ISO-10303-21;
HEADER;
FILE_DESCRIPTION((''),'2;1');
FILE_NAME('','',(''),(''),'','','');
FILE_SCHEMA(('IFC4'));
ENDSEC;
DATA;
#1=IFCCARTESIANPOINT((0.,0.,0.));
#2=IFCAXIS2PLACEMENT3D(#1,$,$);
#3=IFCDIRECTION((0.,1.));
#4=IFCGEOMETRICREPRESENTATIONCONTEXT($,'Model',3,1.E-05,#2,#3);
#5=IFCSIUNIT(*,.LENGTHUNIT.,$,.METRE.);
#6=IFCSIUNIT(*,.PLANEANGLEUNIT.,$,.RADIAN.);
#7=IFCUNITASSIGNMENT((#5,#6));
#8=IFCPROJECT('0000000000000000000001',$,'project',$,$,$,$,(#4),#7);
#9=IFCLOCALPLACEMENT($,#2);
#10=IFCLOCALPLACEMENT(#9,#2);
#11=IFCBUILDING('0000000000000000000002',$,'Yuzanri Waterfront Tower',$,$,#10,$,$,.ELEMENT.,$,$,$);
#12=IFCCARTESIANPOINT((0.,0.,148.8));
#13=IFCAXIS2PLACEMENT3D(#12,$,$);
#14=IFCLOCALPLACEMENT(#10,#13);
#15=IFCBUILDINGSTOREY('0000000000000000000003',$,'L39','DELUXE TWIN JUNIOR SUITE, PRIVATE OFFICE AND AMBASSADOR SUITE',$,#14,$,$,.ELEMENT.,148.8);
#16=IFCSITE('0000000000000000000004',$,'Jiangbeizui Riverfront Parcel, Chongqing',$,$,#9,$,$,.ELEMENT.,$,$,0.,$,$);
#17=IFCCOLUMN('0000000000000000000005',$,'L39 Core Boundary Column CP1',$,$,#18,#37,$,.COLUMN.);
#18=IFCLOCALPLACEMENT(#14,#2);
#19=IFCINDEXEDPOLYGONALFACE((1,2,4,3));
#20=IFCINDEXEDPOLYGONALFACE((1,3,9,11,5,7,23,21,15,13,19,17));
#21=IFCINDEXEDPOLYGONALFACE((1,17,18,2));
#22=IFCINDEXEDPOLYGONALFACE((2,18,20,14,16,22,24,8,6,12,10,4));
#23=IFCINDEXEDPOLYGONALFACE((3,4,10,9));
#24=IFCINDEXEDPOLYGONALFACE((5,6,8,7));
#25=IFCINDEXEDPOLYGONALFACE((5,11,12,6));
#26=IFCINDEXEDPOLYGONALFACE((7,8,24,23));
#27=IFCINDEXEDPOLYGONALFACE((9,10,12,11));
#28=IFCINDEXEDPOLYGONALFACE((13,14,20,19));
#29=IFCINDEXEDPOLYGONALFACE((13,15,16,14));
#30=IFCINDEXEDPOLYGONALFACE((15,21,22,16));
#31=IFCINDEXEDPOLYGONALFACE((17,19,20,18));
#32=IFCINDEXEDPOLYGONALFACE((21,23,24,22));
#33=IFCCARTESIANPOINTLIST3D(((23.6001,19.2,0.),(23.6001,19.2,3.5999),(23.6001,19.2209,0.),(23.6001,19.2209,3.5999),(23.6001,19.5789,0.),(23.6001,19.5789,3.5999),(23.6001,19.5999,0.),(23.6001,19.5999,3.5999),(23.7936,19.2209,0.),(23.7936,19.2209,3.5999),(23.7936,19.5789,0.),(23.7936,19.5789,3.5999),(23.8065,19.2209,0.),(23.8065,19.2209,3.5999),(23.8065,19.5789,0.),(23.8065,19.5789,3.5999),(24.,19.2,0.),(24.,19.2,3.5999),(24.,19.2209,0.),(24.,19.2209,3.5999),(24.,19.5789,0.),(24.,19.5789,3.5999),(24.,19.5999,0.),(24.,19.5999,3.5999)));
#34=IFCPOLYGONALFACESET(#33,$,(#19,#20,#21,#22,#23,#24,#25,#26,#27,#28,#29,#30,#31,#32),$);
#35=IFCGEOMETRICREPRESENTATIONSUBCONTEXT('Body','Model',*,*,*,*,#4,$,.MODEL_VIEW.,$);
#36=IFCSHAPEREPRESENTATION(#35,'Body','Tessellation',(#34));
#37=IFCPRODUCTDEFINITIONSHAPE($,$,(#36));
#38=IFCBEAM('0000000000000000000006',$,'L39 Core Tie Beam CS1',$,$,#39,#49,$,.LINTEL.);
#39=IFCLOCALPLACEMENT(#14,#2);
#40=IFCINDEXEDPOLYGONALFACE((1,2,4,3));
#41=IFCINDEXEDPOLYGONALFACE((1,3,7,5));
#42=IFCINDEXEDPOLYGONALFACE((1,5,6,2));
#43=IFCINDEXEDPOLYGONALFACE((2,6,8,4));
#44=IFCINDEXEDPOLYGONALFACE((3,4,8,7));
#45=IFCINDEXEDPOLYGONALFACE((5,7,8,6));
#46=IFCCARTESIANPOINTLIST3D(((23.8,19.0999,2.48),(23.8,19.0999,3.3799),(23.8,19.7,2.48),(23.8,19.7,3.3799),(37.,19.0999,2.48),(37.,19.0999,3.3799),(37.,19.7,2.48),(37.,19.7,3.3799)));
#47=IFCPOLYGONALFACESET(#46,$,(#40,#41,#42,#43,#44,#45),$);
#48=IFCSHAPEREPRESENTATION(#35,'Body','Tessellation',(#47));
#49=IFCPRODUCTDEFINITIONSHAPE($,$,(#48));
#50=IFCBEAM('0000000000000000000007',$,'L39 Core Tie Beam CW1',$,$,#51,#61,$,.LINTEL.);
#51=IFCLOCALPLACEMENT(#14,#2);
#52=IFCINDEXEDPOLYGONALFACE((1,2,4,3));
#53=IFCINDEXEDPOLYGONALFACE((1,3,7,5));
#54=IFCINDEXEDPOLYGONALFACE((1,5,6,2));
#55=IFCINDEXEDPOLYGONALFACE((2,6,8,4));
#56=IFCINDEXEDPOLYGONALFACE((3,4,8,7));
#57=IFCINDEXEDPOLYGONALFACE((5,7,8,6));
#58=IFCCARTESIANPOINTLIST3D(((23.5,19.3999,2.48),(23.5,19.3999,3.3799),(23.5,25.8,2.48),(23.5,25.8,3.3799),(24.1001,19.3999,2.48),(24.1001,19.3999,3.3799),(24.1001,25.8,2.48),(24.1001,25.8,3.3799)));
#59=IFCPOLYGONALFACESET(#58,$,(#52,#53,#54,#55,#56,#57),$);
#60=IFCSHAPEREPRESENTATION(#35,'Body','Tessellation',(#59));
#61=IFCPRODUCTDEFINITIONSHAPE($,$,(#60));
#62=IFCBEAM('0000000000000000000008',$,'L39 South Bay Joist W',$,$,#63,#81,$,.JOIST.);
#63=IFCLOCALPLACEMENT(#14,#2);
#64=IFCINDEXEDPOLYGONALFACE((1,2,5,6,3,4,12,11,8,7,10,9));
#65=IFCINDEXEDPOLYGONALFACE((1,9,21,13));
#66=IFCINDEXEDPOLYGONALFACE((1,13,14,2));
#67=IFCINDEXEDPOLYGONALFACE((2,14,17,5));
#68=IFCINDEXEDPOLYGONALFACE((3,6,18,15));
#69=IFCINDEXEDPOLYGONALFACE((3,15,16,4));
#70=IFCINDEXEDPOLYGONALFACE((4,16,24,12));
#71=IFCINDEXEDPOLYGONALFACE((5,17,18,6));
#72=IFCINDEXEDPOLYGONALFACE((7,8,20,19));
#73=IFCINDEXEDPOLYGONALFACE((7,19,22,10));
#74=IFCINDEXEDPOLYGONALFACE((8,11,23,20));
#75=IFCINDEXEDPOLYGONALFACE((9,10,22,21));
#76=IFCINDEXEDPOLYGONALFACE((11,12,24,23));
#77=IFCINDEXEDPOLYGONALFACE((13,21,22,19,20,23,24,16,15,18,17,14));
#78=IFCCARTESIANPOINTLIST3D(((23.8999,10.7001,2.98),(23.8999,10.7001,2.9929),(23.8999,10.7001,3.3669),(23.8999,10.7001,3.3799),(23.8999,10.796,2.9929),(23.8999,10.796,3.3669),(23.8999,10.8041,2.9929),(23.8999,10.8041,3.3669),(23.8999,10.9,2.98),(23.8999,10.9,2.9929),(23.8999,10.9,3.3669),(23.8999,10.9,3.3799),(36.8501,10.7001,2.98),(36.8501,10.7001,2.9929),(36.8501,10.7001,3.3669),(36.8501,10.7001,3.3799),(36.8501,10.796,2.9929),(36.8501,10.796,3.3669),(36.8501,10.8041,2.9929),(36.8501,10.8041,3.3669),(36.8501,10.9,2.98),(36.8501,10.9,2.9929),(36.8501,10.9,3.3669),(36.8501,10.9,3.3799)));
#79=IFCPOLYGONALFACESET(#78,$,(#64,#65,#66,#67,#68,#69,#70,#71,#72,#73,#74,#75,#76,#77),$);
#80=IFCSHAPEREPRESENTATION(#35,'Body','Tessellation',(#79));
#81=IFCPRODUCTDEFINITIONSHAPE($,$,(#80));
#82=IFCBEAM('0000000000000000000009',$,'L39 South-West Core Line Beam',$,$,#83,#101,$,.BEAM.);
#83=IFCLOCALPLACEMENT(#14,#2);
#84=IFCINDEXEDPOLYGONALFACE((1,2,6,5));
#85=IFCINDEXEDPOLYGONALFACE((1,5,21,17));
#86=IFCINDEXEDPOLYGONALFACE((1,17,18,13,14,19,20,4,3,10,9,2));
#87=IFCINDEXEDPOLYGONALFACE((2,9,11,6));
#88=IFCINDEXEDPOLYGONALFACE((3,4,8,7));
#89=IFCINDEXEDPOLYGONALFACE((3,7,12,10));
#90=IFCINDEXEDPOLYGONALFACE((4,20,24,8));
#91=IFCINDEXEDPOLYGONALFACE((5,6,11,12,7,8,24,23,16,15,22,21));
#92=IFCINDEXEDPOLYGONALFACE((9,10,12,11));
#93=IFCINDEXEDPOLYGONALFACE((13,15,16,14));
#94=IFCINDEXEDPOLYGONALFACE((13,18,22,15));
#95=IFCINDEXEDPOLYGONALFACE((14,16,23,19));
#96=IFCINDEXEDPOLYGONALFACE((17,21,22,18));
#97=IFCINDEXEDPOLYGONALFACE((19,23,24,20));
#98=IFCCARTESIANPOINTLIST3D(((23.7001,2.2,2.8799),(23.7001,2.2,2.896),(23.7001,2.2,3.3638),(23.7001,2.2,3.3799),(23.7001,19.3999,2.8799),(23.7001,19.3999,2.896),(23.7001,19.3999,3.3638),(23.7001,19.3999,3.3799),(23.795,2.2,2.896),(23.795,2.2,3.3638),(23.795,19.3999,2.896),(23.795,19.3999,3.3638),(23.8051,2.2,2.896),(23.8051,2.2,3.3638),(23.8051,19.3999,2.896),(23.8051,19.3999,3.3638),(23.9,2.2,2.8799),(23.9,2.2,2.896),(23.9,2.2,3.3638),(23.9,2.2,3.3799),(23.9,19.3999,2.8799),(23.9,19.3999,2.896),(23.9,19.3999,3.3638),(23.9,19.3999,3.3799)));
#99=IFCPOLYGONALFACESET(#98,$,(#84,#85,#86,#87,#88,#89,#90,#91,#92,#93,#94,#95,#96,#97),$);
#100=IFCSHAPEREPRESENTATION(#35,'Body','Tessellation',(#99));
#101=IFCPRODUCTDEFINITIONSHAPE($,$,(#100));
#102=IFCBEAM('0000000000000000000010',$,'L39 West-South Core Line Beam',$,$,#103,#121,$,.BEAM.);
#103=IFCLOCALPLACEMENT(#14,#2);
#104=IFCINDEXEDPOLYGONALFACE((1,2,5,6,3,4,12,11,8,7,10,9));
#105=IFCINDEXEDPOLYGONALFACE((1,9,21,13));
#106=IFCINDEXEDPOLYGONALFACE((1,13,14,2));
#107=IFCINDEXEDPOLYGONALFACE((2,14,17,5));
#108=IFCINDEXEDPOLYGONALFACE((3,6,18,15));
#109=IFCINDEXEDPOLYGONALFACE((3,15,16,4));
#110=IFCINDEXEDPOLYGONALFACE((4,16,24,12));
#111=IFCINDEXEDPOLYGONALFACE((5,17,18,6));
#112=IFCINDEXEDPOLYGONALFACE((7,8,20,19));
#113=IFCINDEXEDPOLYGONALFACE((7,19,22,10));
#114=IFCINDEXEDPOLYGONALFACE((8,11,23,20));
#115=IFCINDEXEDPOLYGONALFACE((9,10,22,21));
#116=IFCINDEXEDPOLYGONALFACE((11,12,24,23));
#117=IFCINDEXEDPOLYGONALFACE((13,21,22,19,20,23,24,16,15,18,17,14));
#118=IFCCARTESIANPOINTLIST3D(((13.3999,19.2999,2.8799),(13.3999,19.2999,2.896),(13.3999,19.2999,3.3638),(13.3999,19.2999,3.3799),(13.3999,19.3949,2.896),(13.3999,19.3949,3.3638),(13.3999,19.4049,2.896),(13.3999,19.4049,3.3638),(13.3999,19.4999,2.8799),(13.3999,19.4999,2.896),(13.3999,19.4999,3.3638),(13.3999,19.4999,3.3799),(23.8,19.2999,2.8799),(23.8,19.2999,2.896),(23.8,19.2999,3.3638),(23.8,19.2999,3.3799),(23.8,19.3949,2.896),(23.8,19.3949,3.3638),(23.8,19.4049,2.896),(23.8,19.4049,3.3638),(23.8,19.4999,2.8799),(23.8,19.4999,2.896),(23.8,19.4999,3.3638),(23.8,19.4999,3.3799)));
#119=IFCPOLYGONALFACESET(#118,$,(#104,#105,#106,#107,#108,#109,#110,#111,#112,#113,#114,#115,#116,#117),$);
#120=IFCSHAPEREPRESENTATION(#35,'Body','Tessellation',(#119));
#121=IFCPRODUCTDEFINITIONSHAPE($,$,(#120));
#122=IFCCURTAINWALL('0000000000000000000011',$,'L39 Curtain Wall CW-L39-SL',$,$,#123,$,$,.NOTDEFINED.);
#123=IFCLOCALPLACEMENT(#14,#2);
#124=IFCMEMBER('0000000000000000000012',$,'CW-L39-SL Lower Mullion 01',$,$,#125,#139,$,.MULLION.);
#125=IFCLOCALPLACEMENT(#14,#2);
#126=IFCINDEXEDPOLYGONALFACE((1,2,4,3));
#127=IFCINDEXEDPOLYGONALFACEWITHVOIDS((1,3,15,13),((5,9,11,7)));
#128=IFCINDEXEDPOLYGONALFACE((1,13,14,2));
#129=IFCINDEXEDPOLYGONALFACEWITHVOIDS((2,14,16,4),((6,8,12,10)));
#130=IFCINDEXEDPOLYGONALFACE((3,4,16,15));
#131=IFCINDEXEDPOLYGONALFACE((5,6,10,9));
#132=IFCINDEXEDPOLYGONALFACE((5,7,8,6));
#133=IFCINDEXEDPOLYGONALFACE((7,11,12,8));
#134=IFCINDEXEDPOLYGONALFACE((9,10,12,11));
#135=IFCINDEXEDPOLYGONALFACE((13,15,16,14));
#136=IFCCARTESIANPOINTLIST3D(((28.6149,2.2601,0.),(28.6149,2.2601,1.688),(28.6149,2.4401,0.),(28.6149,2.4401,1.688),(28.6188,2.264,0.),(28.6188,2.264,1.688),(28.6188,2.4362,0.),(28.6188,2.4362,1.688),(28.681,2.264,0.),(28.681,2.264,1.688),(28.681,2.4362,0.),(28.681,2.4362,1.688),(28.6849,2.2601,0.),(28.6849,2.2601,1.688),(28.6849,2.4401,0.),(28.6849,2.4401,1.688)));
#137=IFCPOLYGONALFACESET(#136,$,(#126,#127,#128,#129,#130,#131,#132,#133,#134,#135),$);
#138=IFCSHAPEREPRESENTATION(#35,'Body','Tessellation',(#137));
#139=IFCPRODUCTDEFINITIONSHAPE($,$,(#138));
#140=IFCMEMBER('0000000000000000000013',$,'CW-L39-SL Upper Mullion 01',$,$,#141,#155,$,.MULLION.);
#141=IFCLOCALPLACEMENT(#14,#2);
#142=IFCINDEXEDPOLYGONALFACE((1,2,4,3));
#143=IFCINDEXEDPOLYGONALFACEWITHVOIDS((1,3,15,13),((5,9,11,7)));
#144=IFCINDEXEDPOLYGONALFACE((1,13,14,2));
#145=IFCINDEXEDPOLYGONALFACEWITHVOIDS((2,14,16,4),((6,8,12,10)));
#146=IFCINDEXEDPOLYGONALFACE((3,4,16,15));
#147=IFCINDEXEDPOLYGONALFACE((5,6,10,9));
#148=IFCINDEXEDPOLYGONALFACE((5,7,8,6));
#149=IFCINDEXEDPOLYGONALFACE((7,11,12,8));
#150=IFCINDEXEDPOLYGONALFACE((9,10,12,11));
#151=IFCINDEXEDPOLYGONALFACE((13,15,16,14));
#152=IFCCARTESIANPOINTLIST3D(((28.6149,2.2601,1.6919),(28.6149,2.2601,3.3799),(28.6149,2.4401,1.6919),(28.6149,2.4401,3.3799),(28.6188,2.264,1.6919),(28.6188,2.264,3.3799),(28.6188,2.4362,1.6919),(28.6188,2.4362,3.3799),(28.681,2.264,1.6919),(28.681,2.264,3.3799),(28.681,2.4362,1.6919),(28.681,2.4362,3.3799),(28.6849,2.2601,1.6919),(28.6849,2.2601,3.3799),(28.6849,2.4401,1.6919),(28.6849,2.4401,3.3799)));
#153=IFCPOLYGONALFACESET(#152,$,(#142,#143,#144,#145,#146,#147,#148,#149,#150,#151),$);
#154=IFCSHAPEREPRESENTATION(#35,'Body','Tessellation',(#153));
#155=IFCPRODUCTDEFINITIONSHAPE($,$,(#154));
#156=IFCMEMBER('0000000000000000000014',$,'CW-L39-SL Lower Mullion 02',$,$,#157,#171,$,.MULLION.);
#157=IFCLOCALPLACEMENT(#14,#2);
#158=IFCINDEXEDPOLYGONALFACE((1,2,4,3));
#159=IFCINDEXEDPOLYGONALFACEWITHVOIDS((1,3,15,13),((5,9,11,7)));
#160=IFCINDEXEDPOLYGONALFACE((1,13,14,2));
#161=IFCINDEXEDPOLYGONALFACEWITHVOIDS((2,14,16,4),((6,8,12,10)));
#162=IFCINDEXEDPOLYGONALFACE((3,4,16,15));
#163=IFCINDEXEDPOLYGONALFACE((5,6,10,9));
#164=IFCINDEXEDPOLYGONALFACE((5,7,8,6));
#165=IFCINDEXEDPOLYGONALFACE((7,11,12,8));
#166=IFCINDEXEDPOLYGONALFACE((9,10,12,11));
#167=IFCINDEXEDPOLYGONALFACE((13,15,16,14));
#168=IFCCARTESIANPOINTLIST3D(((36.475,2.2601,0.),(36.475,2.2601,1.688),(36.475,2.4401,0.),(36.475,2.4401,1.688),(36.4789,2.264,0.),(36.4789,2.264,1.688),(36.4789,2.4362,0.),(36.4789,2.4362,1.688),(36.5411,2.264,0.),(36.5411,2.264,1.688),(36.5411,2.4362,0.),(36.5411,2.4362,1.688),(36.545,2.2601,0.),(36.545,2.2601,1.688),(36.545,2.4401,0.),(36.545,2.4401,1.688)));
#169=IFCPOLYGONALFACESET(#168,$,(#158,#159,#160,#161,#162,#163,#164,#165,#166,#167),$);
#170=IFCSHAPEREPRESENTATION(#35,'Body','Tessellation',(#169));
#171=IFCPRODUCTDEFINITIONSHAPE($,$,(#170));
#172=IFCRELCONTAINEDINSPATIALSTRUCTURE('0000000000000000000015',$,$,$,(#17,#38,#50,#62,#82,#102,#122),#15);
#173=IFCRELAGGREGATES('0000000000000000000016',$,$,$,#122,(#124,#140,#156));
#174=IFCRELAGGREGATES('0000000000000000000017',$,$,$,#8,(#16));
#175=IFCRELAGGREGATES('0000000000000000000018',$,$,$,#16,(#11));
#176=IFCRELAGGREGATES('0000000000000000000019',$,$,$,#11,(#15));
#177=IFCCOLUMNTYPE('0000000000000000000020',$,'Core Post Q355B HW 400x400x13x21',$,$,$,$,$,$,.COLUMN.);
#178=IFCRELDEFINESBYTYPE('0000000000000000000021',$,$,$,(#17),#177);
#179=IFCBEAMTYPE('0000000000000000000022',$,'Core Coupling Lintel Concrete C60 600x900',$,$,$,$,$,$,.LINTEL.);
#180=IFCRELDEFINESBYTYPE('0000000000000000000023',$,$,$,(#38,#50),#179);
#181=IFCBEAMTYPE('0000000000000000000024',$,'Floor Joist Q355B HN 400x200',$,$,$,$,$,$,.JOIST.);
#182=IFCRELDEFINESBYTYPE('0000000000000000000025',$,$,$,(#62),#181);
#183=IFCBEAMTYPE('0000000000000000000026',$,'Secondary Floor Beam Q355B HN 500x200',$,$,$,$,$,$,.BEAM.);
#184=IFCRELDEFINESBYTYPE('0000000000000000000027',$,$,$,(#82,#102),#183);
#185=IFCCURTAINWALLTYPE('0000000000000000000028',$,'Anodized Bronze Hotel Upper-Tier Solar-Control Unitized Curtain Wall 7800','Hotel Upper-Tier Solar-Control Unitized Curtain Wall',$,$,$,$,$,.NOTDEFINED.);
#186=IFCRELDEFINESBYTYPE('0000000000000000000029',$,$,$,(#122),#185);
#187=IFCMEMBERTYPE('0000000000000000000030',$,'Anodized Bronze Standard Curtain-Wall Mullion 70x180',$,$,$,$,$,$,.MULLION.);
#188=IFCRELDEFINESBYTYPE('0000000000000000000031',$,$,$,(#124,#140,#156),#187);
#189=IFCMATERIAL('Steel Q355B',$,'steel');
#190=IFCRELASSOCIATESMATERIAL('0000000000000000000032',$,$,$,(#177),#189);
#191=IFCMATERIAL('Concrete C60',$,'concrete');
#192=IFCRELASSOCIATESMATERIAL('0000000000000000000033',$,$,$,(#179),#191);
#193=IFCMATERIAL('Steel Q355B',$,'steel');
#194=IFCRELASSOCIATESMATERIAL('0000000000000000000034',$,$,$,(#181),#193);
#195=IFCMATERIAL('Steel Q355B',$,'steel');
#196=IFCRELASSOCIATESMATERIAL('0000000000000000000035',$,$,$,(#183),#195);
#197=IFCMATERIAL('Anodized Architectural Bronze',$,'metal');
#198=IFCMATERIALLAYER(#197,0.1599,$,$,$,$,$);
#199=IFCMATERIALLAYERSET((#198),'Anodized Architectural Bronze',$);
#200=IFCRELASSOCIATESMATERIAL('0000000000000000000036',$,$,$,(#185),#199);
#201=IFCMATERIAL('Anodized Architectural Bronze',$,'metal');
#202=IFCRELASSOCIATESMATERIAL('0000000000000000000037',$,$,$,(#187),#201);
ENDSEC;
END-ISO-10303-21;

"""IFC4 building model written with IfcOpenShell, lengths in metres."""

from ifc_helpers import new_model, si_unit, direction, frame, origin, origin_2d, place, context, subcontext, project, spatial, rectangle, hollow_rectangle, i_section, extrude, source, transform, mapped, material, layer, layer_set, material_profile, profile_set, type_object, element, aggregate, save


model = new_model("IFC4")

# Units and contexts
model_context = context("Model", 3, precision=1e-05, world=origin(), true_north=direction((0.0, 1.0)))
body_context = subcontext(model_context, "Body", "Model", "MODEL_VIEW")
ifc_project = project(units=[si_unit("LENGTHUNIT", "METRE"), si_unit("PLANEANGLEUNIT", "RADIAN")], contexts=[model_context])

# Site, building, storey
site_placement = place(None, origin())
site = spatial("IfcSite", under=ifc_project, at=site_placement, Name="Jiangbeizui Riverfront Parcel, Chongqing", CompositionType="ELEMENT", RefElevation=0.0)
building_placement = place(site_placement, origin())
building = spatial("IfcBuilding", under=site, at=building_placement, Name="Yuzanri Waterfront Tower", CompositionType="ELEMENT")
storey_placement = place(building_placement, frame((0.0, 0.0, 148.8)))
storey = spatial("IfcBuildingStorey", under=building, at=storey_placement, Name="L39", Description="DELUXE TWIN JUNIOR SUITE, PRIVATE OFFICE AND AMBASSADOR SUITE", CompositionType="ELEMENT", Elevation=148.8)

# Column
ifc_material_1 = material(Name="Steel Q355B", Category="steel")
ifc_material_profile_1 = material_profile(ifc_material_1, i_section(OverallWidth=0.3999, OverallDepth=0.3999, WebThickness=0.0129, FlangeThickness=0.021, at=origin_2d()), Name="HW 400x400x13x21")
ifc_profile_set_1 = profile_set([ifc_material_profile_1], Name="Steel Q355B")
column_type = type_object("IfcColumnType", Name="Core Post Q355B HW 400x400x13x21", PredefinedType="COLUMN", material=ifc_profile_set_1)
shared_shape_1 = source(origin(), body_context, "Body", "SweptSolid", [
    extrude(i_section(OverallWidth=0.3999, OverallDepth=0.3999, WebThickness=0.0129, FlangeThickness=0.021, at=origin_2d()), origin(), (0.0, 0.0, 1.0), 3.5999),
])
column_placement = place(storey_placement, frame((23.8, 19.3999, 0.0), z_axis=(0.0, 0.0, 1.0), x_axis=(1.0, 0.0, 0.0)))
element("IfcColumn", 1, at=column_placement, inside=storey, type_object=column_type, Name="L39 Core Boundary Column CP1", PredefinedType="COLUMN", context=body_context, shape_type="MappedRepresentation", body=[
    mapped(shared_shape_1, transform((0.0, 0.0, 0.0), scale=1.0)),
])

# Beams
ifc_material_2 = material(Name="Concrete C60", Category="concrete")
ifc_material_profile_2 = material_profile(ifc_material_2, rectangle(XDim=0.6001, YDim=0.8999, at=origin_2d()), Name="RC 600x900")
ifc_profile_set_2 = profile_set([ifc_material_profile_2], Name="Concrete C60")
beam_type_1 = type_object("IfcBeamType", Name="Core Coupling Lintel Concrete C60 600x900", PredefinedType="LINTEL", material=ifc_profile_set_2)
shared_shape_2 = source(origin(), body_context, "Body", "SweptSolid", [
    extrude(rectangle(XDim=0.6001, YDim=0.8999, at=origin_2d()), origin(), (0.0, 0.0, 1.0), 13.2),
])
beam_1_placement = place(storey_placement, frame((23.8, 19.3999, 2.9299), z_axis=(1.0, 0.0, 0.0), x_axis=(0.0, 1.0, 0.0)))
element("IfcBeam", 2, at=beam_1_placement, inside=storey, type_object=beam_type_1, Name="L39 Core Tie Beam CS1", PredefinedType="LINTEL", context=body_context, shape_type="MappedRepresentation", body=[
    mapped(shared_shape_2, transform((0.0, 0.0, 0.0), scale=1.0)),
])
shared_shape_3 = source(origin(), body_context, "Body", "SweptSolid", [
    extrude(rectangle(XDim=0.6001, YDim=0.8999, at=origin_2d()), origin(), (0.0, 0.0, 1.0), 6.4001),
])
beam_2_placement = place(storey_placement, frame((23.8, 19.3999, 2.9299), z_axis=(0.0, 1.0, 0.0), x_axis=(-1.0, 0.0, 0.0)))
element("IfcBeam", 3, at=beam_2_placement, inside=storey, type_object=beam_type_1, Name="L39 Core Tie Beam CW1", PredefinedType="LINTEL", context=body_context, shape_type="MappedRepresentation", body=[
    mapped(shared_shape_3, transform((0.0, 0.0, 0.0), scale=1.0)),
])
ifc_material_3 = material(Name="Steel Q355B", Category="steel")
ifc_material_profile_3 = material_profile(ifc_material_3, i_section(OverallWidth=0.2, OverallDepth=0.3999, WebThickness=0.0081, FlangeThickness=0.0129, at=origin_2d()), Name="HN 400x200x8x13")
ifc_profile_set_3 = profile_set([ifc_material_profile_3], Name="Steel Q355B")
beam_type_2 = type_object("IfcBeamType", Name="Floor Joist Q355B HN 400x200", PredefinedType="JOIST", material=ifc_profile_set_3)
shared_shape_4 = source(origin(), body_context, "Body", "SweptSolid", [
    extrude(i_section(OverallWidth=0.2, OverallDepth=0.3999, WebThickness=0.0081, FlangeThickness=0.0129, at=origin_2d()), origin(), (0.0, 0.0, 1.0), 12.9502),
])
beam_3_placement = place(storey_placement, frame((23.8999, 10.8, 3.1799), z_axis=(1.0, 0.0, 0.0), x_axis=(0.0, 1.0, 0.0)))
element("IfcBeam", 4, at=beam_3_placement, inside=storey, type_object=beam_type_2, Name="L39 South Bay Joist W", PredefinedType="JOIST", context=body_context, shape_type="MappedRepresentation", body=[
    mapped(shared_shape_4, transform((0.0, 0.0, 0.0), scale=1.0)),
])
ifc_material_4 = material(Name="Steel Q355B", Category="steel")
ifc_material_profile_4 = material_profile(ifc_material_4, i_section(OverallWidth=0.2, OverallDepth=0.5, WebThickness=0.01, FlangeThickness=0.0161, at=origin_2d()), Name="HN 500x200x10x16")
ifc_profile_set_4 = profile_set([ifc_material_profile_4], Name="Steel Q355B")
beam_type_3 = type_object("IfcBeamType", Name="Secondary Floor Beam Q355B HN 500x200", PredefinedType="BEAM", material=ifc_profile_set_4)
shared_shape_5 = source(origin(), body_context, "Body", "SweptSolid", [
    extrude(i_section(OverallWidth=0.2, OverallDepth=0.5, WebThickness=0.01, FlangeThickness=0.0161, at=origin_2d()), origin(), (0.0, 0.0, 1.0), 17.2),
])
beam_4_placement = place(storey_placement, frame((23.8, 19.3999, 3.1299), z_axis=(0.0, -1.0, 0.0), x_axis=(1.0, 0.0, 0.0)))
element("IfcBeam", 5, at=beam_4_placement, inside=storey, type_object=beam_type_3, Name="L39 South-West Core Line Beam", PredefinedType="BEAM", context=body_context, shape_type="MappedRepresentation", body=[
    mapped(shared_shape_5, transform((0.0, 0.0, 0.0), scale=1.0)),
])
shared_shape_6 = source(origin(), body_context, "Body", "SweptSolid", [
    extrude(i_section(OverallWidth=0.2, OverallDepth=0.5, WebThickness=0.01, FlangeThickness=0.0161, at=origin_2d()), origin(), (0.0, 0.0, 1.0), 10.4001),
])
beam_5_placement = place(storey_placement, frame((23.8, 19.3999, 3.1299), z_axis=(-1.0, 0.0, 0.0), x_axis=(0.0, -1.0, 0.0)))
element("IfcBeam", 6, at=beam_5_placement, inside=storey, type_object=beam_type_3, Name="L39 West-South Core Line Beam", PredefinedType="BEAM", context=body_context, shape_type="MappedRepresentation", body=[
    mapped(shared_shape_6, transform((0.0, 0.0, 0.0), scale=1.0)),
])

# Curtain wall, members
ifc_material_5 = material(Name="Anodized Architectural Bronze", Category="metal")
ifc_layer_1 = layer(ifc_material_5, 0.1599)
ifc_layer_set_1 = layer_set([ifc_layer_1], Name="Anodized Architectural Bronze")
curtain_wall_type = type_object("IfcCurtainWallType", Name="Anodized Bronze Hotel Upper-Tier Solar-Control Unitized Curtain Wall 7800", Description="Hotel Upper-Tier Solar-Control Unitized Curtain Wall", PredefinedType="NOTDEFINED", material=ifc_layer_set_1)
curtain_wall_placement = place(storey_placement, origin())
curtain_wall = element("IfcCurtainWall", 7, at=curtain_wall_placement, inside=storey, type_object=curtain_wall_type, Name="L39 Curtain Wall CW-L39-SL", PredefinedType="NOTDEFINED")
ifc_material_6 = material(Name="Anodized Architectural Bronze", Category="metal")
ifc_material_profile_5 = material_profile(ifc_material_6, hollow_rectangle(XDim=0.0701, YDim=0.1799, WallThickness=0.0039, at=origin_2d()), Name="CWM 70x180")
ifc_profile_set_5 = profile_set([ifc_material_profile_5], Name="Anodized Architectural Bronze")
member_type = type_object("IfcMemberType", Name="Anodized Bronze Standard Curtain-Wall Mullion 70x180", PredefinedType="MULLION", material=ifc_profile_set_5)
shared_shape_7 = source(origin(), body_context, "Body", "SweptSolid", [
    extrude(hollow_rectangle(XDim=0.0701, YDim=0.1799, WallThickness=0.0039, at=origin_2d()), origin(), (0.0, 0.0, 1.0), 1.688),
])
member_1_placement = place(storey_placement, frame((28.6499, 2.3501, 0.0), z_axis=(0.0, 0.0, 1.0), x_axis=(1.0, 0.0, 0.0)))
member_1 = element("IfcMember", 8, at=member_1_placement, type_object=member_type, Name="CW-L39-SL Lower Mullion 01", PredefinedType="MULLION", context=body_context, shape_type="MappedRepresentation", body=[
    mapped(shared_shape_7, transform((0.0, 0.0, 0.0), scale=1.0)),
])
member_2_placement = place(storey_placement, frame((28.6499, 2.3501, 1.6919), z_axis=(0.0, 0.0, 1.0), x_axis=(1.0, 0.0, 0.0)))
member_2 = element("IfcMember", 9, at=member_2_placement, type_object=member_type, Name="CW-L39-SL Upper Mullion 01", PredefinedType="MULLION", context=body_context, shape_type="MappedRepresentation", body=[
    mapped(shared_shape_7, transform((0.0, 0.0, 0.0), scale=1.0)),
])
member_3_placement = place(storey_placement, frame((36.51, 2.3501, 0.0), z_axis=(0.0, 0.0, 1.0), x_axis=(1.0, 0.0, 0.0)))
member_3 = element("IfcMember", 10, at=member_3_placement, type_object=member_type, Name="CW-L39-SL Lower Mullion 02", PredefinedType="MULLION", context=body_context, shape_type="MappedRepresentation", body=[
    mapped(shared_shape_7, transform((0.0, 0.0, 0.0), scale=1.0)),
])
aggregate(curtain_wall, [member_1, member_2, member_3])

save(model, "model.ifc")
